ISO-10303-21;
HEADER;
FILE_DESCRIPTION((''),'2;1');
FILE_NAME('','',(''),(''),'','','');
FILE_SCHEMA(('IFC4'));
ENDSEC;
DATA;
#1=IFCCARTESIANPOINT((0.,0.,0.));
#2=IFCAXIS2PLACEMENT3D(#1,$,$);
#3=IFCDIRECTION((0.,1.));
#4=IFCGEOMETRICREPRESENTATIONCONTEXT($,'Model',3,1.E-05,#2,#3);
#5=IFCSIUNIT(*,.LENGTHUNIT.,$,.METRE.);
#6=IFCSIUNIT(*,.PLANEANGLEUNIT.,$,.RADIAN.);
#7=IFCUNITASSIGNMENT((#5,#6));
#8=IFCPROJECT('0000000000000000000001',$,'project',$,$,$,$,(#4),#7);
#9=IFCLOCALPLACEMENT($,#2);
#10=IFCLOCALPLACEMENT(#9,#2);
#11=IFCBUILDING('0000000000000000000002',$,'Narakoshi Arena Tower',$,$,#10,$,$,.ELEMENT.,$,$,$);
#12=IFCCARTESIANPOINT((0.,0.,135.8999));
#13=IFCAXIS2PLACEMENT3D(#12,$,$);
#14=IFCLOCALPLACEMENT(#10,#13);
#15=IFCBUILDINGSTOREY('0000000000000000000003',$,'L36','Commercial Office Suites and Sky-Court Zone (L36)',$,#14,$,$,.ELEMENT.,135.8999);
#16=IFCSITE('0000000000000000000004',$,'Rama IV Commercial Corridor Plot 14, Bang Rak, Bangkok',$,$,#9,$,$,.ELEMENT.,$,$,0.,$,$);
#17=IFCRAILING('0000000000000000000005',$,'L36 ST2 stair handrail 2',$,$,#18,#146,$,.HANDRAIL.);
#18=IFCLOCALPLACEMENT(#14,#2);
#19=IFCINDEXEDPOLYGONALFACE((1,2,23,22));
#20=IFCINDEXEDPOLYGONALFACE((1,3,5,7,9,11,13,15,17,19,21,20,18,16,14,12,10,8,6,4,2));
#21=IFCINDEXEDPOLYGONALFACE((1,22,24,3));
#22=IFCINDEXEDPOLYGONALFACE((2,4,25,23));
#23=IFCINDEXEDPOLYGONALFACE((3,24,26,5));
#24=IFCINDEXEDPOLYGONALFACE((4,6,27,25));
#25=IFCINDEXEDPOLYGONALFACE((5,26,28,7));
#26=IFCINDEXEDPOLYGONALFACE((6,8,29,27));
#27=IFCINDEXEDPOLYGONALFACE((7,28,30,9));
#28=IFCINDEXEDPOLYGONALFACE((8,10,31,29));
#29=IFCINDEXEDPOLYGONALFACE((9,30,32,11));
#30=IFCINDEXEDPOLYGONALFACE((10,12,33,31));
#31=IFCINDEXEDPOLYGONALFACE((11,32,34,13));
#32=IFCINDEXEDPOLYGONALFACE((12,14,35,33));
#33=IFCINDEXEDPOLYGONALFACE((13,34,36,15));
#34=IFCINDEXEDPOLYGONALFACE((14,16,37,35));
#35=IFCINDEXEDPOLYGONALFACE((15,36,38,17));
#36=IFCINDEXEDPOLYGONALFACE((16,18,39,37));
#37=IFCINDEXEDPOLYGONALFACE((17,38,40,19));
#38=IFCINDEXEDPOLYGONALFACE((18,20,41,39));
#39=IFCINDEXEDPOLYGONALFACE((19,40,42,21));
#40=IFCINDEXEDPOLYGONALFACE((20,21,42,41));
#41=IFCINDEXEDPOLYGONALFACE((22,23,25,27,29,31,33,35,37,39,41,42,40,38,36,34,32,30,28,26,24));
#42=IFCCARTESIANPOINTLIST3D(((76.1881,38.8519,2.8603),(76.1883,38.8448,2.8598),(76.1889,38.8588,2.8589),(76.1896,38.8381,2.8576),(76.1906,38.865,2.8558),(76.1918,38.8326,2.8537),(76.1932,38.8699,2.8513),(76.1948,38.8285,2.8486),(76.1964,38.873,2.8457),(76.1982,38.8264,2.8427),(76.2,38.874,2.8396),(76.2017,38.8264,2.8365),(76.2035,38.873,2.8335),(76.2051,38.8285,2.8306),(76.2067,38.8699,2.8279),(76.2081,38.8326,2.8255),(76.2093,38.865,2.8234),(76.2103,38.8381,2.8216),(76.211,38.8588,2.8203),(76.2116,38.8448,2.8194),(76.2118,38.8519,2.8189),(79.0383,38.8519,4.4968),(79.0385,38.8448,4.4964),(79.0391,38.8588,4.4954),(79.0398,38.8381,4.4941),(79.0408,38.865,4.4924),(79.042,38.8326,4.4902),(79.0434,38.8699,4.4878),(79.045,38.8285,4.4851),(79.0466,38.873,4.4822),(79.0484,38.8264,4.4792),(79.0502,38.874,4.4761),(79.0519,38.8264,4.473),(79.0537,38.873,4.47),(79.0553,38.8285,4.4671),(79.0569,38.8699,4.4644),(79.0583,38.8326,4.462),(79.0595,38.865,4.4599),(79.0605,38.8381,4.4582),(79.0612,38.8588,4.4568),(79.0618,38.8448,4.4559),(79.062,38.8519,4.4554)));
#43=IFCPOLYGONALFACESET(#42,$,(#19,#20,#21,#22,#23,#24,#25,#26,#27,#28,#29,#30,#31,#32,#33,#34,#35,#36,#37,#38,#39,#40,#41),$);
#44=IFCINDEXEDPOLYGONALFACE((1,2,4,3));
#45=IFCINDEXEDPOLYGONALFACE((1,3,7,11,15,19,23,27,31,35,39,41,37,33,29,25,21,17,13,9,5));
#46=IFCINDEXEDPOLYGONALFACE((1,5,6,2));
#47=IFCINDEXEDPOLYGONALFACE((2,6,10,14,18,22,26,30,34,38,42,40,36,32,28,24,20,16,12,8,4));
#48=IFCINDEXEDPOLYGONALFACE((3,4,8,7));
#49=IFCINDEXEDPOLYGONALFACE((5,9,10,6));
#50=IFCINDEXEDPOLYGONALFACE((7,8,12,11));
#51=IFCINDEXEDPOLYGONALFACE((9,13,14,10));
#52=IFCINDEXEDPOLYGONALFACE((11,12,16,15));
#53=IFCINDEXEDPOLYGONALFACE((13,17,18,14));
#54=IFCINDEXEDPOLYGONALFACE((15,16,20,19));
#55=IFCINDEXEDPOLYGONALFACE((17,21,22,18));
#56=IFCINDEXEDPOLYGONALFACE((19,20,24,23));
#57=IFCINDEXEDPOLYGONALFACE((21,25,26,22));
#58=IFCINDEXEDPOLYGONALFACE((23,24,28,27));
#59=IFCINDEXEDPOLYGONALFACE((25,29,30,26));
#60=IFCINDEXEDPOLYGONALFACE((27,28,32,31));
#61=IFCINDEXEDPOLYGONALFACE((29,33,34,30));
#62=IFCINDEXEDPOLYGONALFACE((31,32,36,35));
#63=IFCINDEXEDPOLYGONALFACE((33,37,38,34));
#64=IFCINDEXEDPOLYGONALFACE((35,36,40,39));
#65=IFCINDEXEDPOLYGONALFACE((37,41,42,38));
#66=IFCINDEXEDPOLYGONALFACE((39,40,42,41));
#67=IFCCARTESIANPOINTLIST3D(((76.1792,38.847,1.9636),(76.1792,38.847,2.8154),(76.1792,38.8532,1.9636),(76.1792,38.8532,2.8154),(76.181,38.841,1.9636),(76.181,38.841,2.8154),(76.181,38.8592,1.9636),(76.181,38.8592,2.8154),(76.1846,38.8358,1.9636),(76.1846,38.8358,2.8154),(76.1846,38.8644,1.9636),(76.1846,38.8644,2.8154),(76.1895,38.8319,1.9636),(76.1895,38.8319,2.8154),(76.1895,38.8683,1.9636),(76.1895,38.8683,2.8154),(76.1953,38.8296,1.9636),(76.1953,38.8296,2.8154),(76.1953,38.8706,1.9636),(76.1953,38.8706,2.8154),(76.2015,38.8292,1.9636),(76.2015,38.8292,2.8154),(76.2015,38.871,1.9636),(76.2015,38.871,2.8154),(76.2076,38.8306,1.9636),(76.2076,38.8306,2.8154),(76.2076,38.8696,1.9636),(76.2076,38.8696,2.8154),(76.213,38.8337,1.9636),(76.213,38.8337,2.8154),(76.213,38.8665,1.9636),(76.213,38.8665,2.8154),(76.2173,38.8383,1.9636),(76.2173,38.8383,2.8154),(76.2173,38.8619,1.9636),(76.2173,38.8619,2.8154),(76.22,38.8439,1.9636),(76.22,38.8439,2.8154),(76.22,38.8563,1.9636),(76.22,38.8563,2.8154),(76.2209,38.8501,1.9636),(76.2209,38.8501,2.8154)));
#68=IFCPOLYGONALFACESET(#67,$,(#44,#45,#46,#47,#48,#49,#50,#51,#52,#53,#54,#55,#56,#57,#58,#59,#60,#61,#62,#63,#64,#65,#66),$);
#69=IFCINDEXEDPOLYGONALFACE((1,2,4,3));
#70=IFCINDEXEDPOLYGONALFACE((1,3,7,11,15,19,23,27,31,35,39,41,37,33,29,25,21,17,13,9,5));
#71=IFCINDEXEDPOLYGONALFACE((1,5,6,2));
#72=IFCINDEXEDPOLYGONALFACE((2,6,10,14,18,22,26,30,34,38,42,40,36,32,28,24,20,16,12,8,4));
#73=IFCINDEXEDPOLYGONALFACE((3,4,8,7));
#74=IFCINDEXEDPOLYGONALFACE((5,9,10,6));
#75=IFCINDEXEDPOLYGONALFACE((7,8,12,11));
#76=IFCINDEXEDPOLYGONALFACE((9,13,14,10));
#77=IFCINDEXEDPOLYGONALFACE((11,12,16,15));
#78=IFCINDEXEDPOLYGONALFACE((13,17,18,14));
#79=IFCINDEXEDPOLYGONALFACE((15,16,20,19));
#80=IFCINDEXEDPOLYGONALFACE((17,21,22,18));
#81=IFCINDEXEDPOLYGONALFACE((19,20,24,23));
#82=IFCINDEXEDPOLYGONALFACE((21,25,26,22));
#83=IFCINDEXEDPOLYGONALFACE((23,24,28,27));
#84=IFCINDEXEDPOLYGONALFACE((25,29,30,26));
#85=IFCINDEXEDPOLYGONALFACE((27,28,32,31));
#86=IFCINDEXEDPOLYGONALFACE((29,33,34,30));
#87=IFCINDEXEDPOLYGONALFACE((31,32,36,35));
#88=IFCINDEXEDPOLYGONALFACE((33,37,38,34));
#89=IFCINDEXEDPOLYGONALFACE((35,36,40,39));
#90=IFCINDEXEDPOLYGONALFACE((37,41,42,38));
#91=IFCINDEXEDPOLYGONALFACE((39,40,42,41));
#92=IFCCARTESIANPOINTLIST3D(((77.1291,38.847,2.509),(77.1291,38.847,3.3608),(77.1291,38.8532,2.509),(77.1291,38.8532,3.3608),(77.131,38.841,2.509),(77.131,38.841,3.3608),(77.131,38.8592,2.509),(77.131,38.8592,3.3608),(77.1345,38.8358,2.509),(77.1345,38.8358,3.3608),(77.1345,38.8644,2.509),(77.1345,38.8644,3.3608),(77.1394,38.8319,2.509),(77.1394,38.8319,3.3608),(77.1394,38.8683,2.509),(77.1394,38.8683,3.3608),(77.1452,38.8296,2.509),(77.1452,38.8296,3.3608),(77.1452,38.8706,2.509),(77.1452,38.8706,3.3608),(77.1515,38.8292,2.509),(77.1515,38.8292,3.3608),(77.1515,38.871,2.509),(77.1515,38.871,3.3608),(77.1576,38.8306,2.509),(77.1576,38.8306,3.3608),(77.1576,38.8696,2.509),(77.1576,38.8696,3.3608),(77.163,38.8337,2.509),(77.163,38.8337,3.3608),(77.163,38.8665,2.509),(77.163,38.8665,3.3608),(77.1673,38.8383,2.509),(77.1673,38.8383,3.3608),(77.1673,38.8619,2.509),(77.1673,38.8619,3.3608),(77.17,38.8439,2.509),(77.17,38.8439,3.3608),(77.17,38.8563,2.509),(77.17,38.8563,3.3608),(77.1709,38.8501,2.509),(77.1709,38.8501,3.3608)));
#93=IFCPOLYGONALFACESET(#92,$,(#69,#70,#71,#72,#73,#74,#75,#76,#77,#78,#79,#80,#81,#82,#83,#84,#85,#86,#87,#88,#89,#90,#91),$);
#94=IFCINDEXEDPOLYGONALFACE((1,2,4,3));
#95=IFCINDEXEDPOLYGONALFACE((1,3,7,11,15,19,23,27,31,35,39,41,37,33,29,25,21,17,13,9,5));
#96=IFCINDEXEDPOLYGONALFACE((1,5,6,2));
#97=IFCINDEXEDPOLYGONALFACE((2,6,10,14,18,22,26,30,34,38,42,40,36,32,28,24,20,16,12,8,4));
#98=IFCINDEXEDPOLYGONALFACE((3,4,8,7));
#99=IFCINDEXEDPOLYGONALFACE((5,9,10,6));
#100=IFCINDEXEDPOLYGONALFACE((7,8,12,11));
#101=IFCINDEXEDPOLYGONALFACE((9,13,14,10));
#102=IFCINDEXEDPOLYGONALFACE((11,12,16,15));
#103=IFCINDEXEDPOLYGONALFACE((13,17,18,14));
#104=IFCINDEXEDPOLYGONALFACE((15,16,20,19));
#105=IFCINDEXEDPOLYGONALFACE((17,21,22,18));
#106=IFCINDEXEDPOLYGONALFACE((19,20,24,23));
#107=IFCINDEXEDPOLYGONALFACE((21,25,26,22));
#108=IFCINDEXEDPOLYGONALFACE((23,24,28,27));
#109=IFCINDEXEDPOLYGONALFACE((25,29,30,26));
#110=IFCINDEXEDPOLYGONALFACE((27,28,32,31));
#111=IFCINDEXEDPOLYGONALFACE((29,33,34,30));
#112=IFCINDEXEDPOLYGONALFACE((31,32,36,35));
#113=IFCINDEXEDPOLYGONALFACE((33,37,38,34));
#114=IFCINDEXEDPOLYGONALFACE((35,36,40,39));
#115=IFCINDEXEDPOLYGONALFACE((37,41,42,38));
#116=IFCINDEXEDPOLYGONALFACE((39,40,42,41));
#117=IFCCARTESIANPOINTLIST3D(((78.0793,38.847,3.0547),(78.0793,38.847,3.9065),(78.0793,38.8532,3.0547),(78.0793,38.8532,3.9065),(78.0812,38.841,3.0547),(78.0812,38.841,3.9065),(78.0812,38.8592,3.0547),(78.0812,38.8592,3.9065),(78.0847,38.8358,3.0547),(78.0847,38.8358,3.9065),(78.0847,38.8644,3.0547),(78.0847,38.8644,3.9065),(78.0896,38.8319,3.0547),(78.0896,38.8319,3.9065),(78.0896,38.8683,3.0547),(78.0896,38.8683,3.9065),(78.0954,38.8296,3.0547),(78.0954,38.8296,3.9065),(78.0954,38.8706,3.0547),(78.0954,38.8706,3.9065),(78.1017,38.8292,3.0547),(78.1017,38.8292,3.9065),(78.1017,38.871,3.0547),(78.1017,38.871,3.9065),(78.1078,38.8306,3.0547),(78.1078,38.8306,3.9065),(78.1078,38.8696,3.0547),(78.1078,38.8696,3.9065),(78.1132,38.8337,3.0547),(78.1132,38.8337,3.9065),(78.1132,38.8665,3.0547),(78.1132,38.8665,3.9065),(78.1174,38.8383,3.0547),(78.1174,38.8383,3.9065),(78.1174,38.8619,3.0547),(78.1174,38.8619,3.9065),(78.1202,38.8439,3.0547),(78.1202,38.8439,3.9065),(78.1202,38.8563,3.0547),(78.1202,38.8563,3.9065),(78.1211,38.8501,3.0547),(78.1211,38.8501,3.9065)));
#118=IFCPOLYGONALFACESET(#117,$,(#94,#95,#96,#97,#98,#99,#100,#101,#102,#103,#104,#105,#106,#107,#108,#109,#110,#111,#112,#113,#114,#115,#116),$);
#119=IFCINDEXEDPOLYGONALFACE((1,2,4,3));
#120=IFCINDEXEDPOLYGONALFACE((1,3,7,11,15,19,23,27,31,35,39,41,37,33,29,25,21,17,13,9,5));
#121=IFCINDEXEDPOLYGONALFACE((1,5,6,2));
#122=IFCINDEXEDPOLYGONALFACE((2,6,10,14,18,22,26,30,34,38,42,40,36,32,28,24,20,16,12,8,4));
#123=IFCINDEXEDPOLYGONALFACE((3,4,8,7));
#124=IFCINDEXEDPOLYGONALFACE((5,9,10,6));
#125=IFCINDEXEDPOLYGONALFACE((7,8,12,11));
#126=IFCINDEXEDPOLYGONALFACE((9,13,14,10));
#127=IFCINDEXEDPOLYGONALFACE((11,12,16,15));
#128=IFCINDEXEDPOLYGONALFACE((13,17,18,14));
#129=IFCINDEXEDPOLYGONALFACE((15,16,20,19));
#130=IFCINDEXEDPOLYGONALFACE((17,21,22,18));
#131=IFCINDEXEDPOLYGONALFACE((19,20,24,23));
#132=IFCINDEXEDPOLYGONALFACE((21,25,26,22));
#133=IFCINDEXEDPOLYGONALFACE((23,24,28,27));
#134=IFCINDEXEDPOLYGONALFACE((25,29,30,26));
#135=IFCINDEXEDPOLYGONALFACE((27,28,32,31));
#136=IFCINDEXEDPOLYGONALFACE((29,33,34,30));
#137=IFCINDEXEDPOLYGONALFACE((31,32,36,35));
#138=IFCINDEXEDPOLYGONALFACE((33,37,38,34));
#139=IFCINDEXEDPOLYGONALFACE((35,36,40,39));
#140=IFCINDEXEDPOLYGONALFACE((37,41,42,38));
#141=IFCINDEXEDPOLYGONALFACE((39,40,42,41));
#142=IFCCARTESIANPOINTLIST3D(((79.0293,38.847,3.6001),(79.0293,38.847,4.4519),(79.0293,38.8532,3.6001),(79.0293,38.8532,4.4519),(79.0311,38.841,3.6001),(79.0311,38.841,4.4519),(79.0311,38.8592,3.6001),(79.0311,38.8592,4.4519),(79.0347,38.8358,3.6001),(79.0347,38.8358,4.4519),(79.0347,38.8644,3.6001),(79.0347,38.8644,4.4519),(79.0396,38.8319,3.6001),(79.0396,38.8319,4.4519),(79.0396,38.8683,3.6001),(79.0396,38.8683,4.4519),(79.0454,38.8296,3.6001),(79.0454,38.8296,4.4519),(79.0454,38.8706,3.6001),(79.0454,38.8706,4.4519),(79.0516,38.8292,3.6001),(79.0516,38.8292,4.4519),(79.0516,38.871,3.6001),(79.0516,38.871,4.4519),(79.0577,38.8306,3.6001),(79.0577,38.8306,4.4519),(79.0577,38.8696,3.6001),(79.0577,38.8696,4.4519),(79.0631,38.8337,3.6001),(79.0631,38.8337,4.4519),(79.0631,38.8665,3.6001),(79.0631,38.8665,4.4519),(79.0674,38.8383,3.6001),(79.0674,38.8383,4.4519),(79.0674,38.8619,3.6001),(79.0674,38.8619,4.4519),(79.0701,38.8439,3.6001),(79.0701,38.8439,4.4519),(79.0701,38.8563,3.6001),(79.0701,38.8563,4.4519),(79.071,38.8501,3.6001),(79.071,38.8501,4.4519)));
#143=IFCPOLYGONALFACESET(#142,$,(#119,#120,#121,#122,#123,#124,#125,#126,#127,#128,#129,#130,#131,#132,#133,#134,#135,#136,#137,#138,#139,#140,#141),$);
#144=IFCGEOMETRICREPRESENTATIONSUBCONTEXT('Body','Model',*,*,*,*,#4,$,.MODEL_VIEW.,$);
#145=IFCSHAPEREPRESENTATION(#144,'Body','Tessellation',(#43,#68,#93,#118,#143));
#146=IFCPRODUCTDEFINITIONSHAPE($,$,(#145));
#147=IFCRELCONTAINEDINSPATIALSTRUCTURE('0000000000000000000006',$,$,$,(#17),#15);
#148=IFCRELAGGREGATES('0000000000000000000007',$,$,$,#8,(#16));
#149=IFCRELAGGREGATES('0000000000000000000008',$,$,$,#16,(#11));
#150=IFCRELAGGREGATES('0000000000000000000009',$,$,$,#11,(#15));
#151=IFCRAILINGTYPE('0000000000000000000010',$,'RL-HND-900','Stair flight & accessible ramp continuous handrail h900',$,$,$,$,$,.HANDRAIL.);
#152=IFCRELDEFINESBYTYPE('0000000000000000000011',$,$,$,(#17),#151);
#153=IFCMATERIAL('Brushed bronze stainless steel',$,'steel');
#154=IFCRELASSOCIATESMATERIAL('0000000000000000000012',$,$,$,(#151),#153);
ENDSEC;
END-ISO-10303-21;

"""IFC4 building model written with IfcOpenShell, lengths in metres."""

from ifc_helpers import new_model, si_unit, direction, frame, origin, origin_2d, place, context, subcontext, project, spatial, circle, extrude, material, type_object, element, save


model = new_model("IFC4")

# Units and contexts
model_context = context("Model", 3, precision=1e-05, world=origin(), true_north=direction((0.0, 1.0)))
body_context = subcontext(model_context, "Body", "Model", "MODEL_VIEW")
ifc_project = project(units=[si_unit("LENGTHUNIT", "METRE"), si_unit("PLANEANGLEUNIT", "RADIAN")], contexts=[model_context])

# Site, building, storey
site_placement = place(None, origin())
site = spatial("IfcSite", under=ifc_project, at=site_placement, Name="Rama IV Commercial Corridor Plot 14, Bang Rak, Bangkok", CompositionType="ELEMENT", RefElevation=0.0)
building_placement = place(site_placement, origin())
building = spatial("IfcBuilding", under=site, at=building_placement, Name="Narakoshi Arena Tower", CompositionType="ELEMENT")
storey_placement = place(building_placement, frame((0.0, 0.0, 135.8999)))
storey = spatial("IfcBuildingStorey", under=building, at=storey_placement, Name="L36", Description="Commercial Office Suites and Sky-Court Zone (L36)", CompositionType="ELEMENT", Elevation=135.8999)

# Railing
ifc_material_1 = material(Name="Brushed bronze stainless steel", Category="steel")
railing_type_1 = type_object("IfcRailingType", Name="RL-HND-900", Description="Stair flight & accessible ramp continuous handrail h900", PredefinedType="HANDRAIL", material=ifc_material_1)
railing_1_placement = place(storey_placement, frame((76.2, 38.8501, 1.9636)))
element("IfcRailing", 1, at=railing_1_placement, inside=storey, type_object=railing_type_1, Name="L36 ST2 stair handrail 2", PredefinedType="HANDRAIL", context=body_context, shape_type="SweptSolid", body=[
    extrude(circle(Radius=0.0239, at=origin_2d()), frame((0.0, 0.0, 0.876), z_axis=(0.867213, 0.0, 0.497938), x_axis=(0.0, 1.0, 0.0)), (0.0, 0.0, 1.0), 3.2866),
    extrude(circle(Radius=0.021, at=origin_2d()), origin(), (0.0, 0.0, 1.0), 0.8518),
    extrude(circle(Radius=0.021, at=origin_2d()), frame((0.95, 0.0, 0.5454)), (0.0, 0.0, 1.0), 0.8518),
    extrude(circle(Radius=0.021, at=origin_2d()), frame((1.9001, 0.0, 1.0911)), (0.0, 0.0, 1.0), 0.8518),
    extrude(circle(Radius=0.021, at=origin_2d()), frame((2.8501, 0.0, 1.6365)), (0.0, 0.0, 1.0), 0.8518),
])

save(model, "model.ifc")
